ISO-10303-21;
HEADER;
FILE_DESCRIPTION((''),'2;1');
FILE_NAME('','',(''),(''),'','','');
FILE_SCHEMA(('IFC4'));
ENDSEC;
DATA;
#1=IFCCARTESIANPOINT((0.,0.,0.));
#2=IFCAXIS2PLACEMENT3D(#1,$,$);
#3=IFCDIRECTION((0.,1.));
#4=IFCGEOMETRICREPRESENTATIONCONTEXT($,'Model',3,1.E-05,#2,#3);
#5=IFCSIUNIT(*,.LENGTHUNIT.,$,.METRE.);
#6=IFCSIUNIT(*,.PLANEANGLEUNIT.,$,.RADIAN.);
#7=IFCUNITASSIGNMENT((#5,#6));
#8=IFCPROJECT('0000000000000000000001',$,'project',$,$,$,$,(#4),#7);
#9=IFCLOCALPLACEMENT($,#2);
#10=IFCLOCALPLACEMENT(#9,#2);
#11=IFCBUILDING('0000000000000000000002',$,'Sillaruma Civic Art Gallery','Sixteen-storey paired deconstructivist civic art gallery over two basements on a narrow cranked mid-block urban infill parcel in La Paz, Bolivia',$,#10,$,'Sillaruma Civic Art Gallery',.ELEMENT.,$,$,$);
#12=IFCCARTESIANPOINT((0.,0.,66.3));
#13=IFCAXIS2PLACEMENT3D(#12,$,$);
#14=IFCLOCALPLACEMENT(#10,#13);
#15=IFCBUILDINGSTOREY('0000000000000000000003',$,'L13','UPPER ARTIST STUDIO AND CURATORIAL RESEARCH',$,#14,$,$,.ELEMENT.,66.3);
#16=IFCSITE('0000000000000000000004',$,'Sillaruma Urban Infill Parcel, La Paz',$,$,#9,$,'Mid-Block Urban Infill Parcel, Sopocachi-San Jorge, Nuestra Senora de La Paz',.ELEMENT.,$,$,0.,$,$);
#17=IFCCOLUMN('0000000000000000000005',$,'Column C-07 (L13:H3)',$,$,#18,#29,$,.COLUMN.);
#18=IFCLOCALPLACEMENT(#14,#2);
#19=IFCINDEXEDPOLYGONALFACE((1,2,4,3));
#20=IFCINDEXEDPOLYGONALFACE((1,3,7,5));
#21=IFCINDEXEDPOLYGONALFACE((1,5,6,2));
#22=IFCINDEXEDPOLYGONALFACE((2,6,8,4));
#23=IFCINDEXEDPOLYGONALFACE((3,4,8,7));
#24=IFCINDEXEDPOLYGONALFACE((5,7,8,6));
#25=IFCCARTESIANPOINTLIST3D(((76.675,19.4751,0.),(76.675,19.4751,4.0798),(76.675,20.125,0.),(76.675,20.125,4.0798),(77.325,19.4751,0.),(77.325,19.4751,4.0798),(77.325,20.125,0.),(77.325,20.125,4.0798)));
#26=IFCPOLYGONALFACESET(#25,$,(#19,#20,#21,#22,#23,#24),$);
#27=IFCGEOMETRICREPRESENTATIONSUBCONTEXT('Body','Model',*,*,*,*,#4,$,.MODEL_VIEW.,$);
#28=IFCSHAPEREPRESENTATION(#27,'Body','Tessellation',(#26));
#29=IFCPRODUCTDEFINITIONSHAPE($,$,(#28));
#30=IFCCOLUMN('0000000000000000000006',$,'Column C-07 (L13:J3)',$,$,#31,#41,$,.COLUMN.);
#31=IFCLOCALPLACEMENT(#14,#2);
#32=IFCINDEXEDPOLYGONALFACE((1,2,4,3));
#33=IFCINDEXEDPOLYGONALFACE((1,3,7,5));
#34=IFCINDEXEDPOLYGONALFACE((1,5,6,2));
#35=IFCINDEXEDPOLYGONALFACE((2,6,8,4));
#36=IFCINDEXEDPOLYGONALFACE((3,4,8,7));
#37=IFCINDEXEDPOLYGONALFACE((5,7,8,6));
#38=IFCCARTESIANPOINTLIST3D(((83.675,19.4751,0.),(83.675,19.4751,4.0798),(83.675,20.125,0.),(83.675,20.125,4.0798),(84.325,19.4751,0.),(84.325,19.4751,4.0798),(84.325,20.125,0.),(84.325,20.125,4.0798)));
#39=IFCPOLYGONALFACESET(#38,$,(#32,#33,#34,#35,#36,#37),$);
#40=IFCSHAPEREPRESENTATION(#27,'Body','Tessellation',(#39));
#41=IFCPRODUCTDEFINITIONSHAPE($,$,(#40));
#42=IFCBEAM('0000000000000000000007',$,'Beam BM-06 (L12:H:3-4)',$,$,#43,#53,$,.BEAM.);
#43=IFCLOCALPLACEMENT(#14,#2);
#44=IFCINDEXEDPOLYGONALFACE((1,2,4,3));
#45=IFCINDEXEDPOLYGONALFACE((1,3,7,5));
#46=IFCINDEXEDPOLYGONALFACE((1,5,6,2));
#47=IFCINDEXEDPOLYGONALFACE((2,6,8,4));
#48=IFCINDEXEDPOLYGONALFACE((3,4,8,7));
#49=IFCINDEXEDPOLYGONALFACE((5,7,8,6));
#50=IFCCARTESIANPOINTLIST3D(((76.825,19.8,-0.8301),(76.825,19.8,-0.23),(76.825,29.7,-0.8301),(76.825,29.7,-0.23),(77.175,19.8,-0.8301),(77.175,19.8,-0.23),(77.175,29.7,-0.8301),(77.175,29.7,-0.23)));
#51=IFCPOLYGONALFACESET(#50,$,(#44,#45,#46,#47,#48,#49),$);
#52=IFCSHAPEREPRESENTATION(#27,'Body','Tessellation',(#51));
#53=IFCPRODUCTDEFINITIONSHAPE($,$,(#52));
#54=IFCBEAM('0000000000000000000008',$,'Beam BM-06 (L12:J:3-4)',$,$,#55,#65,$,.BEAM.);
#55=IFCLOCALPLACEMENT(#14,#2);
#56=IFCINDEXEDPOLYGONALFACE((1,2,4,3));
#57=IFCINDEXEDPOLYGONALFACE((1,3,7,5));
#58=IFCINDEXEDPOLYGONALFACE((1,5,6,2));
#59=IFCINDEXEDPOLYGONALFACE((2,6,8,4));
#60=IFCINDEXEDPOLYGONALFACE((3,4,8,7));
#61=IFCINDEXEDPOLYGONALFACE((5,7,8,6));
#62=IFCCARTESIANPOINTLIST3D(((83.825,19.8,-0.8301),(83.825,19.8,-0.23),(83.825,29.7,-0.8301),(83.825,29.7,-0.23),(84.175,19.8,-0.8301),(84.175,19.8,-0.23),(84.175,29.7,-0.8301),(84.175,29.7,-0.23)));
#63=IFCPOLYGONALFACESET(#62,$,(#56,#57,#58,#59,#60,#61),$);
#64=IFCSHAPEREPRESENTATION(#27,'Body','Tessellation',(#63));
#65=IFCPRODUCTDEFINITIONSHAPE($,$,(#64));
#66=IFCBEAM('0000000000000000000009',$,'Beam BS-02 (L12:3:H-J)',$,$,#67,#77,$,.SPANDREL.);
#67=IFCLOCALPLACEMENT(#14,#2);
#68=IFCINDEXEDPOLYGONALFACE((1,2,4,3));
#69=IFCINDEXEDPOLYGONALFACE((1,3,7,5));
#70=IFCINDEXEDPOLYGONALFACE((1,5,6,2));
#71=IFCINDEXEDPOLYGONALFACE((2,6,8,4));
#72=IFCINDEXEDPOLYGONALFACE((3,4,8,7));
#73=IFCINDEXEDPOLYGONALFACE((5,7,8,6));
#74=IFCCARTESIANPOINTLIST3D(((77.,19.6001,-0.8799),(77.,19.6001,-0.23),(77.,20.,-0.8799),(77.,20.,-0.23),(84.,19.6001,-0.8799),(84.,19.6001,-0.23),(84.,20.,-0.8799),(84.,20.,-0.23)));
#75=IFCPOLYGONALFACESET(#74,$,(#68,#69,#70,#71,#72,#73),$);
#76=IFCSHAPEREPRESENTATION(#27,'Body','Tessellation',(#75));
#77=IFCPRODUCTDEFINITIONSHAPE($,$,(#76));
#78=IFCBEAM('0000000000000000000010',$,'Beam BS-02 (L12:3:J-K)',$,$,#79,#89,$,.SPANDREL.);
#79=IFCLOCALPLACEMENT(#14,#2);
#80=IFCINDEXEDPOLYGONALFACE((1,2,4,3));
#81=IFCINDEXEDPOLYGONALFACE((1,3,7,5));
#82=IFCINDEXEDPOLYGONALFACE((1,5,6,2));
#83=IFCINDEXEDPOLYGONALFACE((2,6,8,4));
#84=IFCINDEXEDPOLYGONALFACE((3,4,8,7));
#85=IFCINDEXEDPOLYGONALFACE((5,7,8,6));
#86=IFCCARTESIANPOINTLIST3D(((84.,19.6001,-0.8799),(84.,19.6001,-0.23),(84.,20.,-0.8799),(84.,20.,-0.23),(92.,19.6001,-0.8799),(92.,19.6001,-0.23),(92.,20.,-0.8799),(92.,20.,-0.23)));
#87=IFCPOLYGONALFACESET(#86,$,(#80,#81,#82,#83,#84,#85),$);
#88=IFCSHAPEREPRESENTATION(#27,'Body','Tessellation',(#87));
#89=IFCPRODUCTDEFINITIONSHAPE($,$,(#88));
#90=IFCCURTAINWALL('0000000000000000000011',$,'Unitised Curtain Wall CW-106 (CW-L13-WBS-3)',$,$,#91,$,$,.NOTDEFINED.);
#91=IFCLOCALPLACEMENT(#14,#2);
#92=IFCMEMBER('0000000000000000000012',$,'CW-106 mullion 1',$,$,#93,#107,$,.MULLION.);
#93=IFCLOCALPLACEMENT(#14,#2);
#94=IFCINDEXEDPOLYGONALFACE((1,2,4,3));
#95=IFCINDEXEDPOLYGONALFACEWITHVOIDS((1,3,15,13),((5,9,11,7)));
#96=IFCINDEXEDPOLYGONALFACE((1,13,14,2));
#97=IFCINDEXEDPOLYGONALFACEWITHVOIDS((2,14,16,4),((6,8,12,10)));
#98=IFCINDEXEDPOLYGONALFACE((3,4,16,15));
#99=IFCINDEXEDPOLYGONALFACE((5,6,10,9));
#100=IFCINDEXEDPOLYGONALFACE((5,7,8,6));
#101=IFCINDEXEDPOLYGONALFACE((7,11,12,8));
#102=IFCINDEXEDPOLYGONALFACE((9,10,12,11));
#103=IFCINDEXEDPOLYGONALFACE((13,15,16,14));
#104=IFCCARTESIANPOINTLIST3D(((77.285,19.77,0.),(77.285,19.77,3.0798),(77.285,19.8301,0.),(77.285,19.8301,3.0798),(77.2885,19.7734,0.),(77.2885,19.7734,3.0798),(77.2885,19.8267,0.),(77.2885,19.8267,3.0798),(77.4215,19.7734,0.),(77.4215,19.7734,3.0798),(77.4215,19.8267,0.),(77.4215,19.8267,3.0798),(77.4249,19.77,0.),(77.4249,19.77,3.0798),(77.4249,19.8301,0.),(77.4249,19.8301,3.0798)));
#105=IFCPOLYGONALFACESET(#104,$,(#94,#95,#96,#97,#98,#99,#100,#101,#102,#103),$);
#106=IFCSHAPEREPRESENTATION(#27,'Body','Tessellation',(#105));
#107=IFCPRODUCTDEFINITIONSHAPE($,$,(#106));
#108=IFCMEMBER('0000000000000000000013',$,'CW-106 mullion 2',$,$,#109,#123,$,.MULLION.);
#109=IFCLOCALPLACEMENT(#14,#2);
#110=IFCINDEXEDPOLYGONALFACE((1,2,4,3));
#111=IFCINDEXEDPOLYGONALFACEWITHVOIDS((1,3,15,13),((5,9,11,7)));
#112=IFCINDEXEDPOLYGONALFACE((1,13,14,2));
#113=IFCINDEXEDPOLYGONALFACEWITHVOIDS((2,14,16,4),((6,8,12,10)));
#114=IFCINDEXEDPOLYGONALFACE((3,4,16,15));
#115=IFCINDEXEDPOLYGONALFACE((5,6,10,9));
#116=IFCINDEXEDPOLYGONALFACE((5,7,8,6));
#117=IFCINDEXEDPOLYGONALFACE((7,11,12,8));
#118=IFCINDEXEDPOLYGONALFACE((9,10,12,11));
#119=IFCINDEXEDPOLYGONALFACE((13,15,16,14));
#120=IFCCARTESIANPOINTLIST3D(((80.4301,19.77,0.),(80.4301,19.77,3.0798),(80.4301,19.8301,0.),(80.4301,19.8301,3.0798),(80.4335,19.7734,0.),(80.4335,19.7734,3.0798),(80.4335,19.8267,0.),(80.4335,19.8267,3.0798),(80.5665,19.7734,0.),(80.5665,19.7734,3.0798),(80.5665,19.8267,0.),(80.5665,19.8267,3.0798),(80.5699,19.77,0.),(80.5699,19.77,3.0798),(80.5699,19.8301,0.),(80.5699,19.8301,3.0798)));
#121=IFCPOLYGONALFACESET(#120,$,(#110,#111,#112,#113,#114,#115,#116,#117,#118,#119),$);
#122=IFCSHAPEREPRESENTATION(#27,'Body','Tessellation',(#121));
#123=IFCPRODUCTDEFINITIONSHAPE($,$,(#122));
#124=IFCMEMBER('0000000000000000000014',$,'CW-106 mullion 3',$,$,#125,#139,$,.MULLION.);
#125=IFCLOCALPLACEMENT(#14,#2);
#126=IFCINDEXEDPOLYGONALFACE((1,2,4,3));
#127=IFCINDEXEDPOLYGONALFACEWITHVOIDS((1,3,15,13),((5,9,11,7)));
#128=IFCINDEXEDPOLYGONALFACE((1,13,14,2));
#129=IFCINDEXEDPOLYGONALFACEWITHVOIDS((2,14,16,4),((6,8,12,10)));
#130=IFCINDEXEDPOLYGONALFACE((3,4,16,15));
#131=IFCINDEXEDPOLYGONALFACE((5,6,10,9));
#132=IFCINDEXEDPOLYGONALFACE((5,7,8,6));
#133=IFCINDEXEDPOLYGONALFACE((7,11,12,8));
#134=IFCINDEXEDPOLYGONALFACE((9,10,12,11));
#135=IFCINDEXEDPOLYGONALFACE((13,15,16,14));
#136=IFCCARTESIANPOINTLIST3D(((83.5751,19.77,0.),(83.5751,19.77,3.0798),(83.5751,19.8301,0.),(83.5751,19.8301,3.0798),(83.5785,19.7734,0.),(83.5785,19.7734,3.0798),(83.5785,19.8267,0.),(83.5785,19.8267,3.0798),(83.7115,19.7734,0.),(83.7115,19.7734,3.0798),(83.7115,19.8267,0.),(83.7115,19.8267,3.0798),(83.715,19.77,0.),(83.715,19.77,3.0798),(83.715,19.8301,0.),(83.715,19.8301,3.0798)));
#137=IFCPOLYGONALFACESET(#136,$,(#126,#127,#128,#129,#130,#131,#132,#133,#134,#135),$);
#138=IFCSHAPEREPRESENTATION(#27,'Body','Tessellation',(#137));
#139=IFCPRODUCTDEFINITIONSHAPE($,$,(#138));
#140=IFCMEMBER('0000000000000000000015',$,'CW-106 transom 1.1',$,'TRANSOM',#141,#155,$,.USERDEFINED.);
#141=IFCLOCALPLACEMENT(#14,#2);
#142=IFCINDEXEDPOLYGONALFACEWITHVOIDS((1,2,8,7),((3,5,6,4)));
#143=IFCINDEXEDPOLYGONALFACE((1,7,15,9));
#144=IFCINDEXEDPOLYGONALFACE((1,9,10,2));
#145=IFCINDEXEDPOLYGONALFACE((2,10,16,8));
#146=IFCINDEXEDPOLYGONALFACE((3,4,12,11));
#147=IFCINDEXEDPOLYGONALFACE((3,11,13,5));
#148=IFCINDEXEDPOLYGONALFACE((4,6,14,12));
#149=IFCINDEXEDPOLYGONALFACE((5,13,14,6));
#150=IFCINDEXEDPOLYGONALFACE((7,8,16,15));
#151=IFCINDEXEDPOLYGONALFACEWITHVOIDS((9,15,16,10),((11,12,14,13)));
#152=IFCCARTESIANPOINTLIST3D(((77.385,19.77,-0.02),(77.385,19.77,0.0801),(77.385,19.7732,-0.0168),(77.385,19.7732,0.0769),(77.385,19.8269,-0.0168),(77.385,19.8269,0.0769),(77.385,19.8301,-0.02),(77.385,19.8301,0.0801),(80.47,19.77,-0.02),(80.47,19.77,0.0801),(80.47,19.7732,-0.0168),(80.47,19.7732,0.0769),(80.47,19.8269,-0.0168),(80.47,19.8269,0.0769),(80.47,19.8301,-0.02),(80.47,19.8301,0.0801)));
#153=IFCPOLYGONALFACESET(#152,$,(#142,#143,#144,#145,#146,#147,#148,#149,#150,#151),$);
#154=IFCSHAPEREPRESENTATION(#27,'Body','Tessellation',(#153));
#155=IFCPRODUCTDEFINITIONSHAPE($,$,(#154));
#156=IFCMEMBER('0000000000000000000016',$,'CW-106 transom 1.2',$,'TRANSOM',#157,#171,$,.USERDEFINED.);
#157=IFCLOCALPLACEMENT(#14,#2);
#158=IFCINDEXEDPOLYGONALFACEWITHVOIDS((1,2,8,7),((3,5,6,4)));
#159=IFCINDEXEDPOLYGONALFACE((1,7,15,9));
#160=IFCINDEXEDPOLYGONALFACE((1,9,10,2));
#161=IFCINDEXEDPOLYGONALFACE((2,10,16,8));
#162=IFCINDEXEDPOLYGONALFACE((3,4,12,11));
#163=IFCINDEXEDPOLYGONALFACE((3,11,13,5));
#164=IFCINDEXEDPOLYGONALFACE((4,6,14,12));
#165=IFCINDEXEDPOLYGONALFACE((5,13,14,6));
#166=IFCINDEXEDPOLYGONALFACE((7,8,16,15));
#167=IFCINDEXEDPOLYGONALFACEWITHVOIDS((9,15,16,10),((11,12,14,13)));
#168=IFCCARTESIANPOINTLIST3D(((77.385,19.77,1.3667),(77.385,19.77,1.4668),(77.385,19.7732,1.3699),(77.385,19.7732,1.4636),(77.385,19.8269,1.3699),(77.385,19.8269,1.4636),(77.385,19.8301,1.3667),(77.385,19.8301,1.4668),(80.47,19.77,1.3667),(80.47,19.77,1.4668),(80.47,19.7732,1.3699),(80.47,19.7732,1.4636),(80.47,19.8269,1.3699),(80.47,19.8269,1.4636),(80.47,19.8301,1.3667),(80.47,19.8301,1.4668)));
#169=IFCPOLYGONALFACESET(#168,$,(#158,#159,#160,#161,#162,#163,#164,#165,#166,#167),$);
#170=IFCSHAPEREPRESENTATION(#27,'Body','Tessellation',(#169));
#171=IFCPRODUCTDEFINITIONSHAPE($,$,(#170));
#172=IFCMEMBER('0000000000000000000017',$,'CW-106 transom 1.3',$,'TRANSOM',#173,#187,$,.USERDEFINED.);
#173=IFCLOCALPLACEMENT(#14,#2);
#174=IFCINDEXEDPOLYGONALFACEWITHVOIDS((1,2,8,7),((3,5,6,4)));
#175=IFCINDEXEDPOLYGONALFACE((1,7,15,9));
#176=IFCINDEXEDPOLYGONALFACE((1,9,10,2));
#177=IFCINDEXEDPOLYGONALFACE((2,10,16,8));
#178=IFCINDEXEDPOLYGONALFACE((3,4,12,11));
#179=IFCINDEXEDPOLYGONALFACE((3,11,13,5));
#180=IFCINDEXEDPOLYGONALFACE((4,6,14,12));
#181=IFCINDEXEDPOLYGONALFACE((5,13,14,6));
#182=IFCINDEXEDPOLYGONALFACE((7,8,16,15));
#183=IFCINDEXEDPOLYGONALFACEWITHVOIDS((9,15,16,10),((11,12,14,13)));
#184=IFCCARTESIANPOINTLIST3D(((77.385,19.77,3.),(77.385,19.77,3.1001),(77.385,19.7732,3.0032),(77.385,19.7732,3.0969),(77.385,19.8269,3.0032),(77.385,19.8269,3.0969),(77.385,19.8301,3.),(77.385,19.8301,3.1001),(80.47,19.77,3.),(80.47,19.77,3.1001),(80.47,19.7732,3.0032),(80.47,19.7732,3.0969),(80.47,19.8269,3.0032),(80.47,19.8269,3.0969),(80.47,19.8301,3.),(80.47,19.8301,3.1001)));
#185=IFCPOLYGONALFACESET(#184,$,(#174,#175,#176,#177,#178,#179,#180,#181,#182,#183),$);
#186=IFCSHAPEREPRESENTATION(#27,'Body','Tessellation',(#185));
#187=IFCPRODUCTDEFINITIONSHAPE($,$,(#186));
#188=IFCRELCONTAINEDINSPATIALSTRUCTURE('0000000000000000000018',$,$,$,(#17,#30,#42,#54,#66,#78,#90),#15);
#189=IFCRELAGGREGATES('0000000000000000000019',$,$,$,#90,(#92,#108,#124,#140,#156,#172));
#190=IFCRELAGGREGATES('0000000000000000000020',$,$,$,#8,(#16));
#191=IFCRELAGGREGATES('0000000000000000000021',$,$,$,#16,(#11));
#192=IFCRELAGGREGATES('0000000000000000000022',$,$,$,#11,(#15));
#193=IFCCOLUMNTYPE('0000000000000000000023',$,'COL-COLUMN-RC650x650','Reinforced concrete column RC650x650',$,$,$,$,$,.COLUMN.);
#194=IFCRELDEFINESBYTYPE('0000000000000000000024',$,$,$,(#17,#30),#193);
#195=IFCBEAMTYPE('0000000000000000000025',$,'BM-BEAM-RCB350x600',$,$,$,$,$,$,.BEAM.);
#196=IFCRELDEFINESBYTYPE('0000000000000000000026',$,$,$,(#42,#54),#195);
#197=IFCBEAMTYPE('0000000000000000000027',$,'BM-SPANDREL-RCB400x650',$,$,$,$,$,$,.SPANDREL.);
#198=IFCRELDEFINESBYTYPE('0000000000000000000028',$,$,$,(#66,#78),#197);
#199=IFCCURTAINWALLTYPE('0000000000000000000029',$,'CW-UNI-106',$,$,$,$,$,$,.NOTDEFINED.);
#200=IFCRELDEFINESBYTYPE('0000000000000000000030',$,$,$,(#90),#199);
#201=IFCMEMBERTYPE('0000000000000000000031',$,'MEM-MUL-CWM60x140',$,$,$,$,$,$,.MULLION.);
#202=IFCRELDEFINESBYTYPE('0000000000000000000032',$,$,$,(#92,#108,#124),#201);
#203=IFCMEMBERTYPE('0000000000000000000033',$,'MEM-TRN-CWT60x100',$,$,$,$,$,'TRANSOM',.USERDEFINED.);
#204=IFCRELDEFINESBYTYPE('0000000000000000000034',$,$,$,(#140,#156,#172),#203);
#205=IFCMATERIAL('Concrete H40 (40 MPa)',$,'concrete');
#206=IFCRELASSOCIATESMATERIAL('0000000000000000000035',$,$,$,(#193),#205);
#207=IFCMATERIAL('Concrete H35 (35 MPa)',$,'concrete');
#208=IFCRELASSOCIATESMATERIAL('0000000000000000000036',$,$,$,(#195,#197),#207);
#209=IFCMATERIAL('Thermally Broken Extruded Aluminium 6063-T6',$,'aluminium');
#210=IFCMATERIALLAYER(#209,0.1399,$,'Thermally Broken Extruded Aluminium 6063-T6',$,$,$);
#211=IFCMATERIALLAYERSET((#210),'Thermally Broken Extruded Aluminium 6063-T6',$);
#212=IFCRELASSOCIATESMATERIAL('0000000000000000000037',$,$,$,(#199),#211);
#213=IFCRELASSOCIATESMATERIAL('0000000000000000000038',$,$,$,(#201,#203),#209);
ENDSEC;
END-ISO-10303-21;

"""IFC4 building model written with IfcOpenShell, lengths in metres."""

from ifc_helpers import new_model, si_unit, direction, frame, origin, origin_2d, place, context, subcontext, project, spatial, rectangle, hollow_rectangle, extrude, material, layer, layer_set, material_profile, profile_set, type_object, element, aggregate, save


model = new_model("IFC4")

# Units and contexts
model_context = context("Model", 3, precision=1e-05, world=origin(), true_north=direction((0.0, 1.0)))
body_context = subcontext(model_context, "Body", "Model", "MODEL_VIEW")
ifc_project = project(units=[si_unit("LENGTHUNIT", "METRE"), si_unit("PLANEANGLEUNIT", "RADIAN")], contexts=[model_context])

# Site, building, storey
site_placement = place(None, origin())
site = spatial("IfcSite", under=ifc_project, at=site_placement, Name="Sillaruma Urban Infill Parcel, La Paz", LongName="Mid-Block Urban Infill Parcel, Sopocachi-San Jorge, Nuestra Senora de La Paz", CompositionType="ELEMENT", RefElevation=0.0)
building_placement = place(site_placement, origin())
building = spatial("IfcBuilding", under=site, at=building_placement, Name="Sillaruma Civic Art Gallery", Description="Sixteen-storey paired deconstructivist civic art gallery over two basements on a narrow cranked mid-block urban infill parcel in La Paz, Bolivia", LongName="Sillaruma Civic Art Gallery", CompositionType="ELEMENT")
storey_placement = place(building_placement, frame((0.0, 0.0, 66.3)))
storey = spatial("IfcBuildingStorey", under=building, at=storey_placement, Name="L13", Description="UPPER ARTIST STUDIO AND CURATORIAL RESEARCH", CompositionType="ELEMENT", Elevation=66.3)

# Columns
ifc_material_1 = material(Name="Concrete H40 (40 MPa)", Category="concrete")
ifc_material_profile_1 = material_profile(ifc_material_1, rectangle(XDim=0.6499, YDim=0.6499, at=origin_2d()), Name="RC650x650")
ifc_profile_set_1 = profile_set([ifc_material_profile_1], Name="Concrete H40 (40 MPa)")
column_type = type_object("IfcColumnType", Name="COL-COLUMN-RC650x650", Description="Reinforced concrete column RC650x650", PredefinedType="COLUMN", material=ifc_profile_set_1)
for number, where, z_axis, x_axis, name in (
    (1, (77.0, 19.8, 0.0), (0.0, 0.0, 1.0), (1.0, 0.0, 0.0), "Column C-07 (L13:H3)"),
    (2, (84.0, 19.8, 0.0), (0.0, 0.0, 1.0), (1.0, 0.0, 0.0), "Column C-07 (L13:J3)"),
):
    element("IfcColumn", number, at=place(storey_placement, frame(where, z_axis=z_axis, x_axis=x_axis)), inside=storey, type_object=column_type, Name=name, PredefinedType="COLUMN", context=body_context, shape_type="SweptSolid", body=[
        extrude(rectangle(XDim=0.6499, YDim=0.6499, at=origin_2d()), origin(), (0.0, 0.0, 1.0), 4.0798),
    ])

# Beams
ifc_material_2 = material(Name="Concrete H35 (35 MPa)", Category="concrete")
ifc_material_profile_2 = material_profile(ifc_material_2, rectangle(XDim=0.3501, YDim=0.6001, at=origin_2d()), Name="RCB350x600")
ifc_profile_set_2 = profile_set([ifc_material_profile_2], Name="Concrete H35 (35 MPa)")
beam_type_1 = type_object("IfcBeamType", Name="BM-BEAM-RCB350x600", PredefinedType="BEAM", material=ifc_profile_set_2)
for number, where, z_axis, x_axis, name in (
    (3, (77.0, 19.8, -0.53), (0.0, 1.0, 0.0), (-1.0, 0.0, 0.0), "Beam BM-06 (L12:H:3-4)"),
    (4, (84.0, 19.8, -0.53), (0.0, 1.0, 0.0), (-1.0, 0.0, 0.0), "Beam BM-06 (L12:J:3-4)"),
):
    element("IfcBeam", number, at=place(storey_placement, frame(where, z_axis=z_axis, x_axis=x_axis)), inside=storey, type_object=beam_type_1, Name=name, PredefinedType="BEAM", context=body_context, shape_type="SweptSolid", body=[
        extrude(rectangle(XDim=0.3501, YDim=0.6001, at=origin_2d()), origin(), (0.0, 0.0, 1.0), 9.8999),
    ])
ifc_material_profile_3 = material_profile(ifc_material_2, rectangle(XDim=0.3999, YDim=0.6499, at=origin_2d()), Name="RCB400x650")
ifc_profile_set_3 = profile_set([ifc_material_profile_3], Name="Concrete H35 (35 MPa)")
beam_type_2 = type_object("IfcBeamType", Name="BM-SPANDREL-RCB400x650", PredefinedType="SPANDREL", material=ifc_profile_set_3)
beam_1_placement = place(storey_placement, frame((77.0, 19.8, -0.5549), z_axis=(1.0, 0.0, 0.0), x_axis=(0.0, 1.0, 0.0)))
element("IfcBeam", 5, at=beam_1_placement, inside=storey, type_object=beam_type_2, Name="Beam BS-02 (L12:3:H-J)", PredefinedType="SPANDREL", context=body_context, shape_type="SweptSolid", body=[
    extrude(rectangle(XDim=0.3999, YDim=0.6499, at=origin_2d()), origin(), (0.0, 0.0, 1.0), 7.0),
])
beam_2_placement = place(storey_placement, frame((84.0, 19.8, -0.5549), z_axis=(1.0, 0.0, 0.0), x_axis=(0.0, 1.0, 0.0)))
element("IfcBeam", 6, at=beam_2_placement, inside=storey, type_object=beam_type_2, Name="Beam BS-02 (L12:3:J-K)", PredefinedType="SPANDREL", context=body_context, shape_type="SweptSolid", body=[
    extrude(rectangle(XDim=0.3999, YDim=0.6499, at=origin_2d()), origin(), (0.0, 0.0, 1.0), 8.0),
])

# Curtain wall, members
ifc_material_3 = material(Name="Thermally Broken Extruded Aluminium 6063-T6", Category="aluminium")
ifc_layer_1 = layer(ifc_material_3, 0.1399, Name="Thermally Broken Extruded Aluminium 6063-T6")
ifc_layer_set_1 = layer_set([ifc_layer_1], Name="Thermally Broken Extruded Aluminium 6063-T6")
curtain_wall_type = type_object("IfcCurtainWallType", Name="CW-UNI-106", PredefinedType="NOTDEFINED", material=ifc_layer_set_1)
curtain_wall_placement = place(storey_placement, origin())
curtain_wall = element("IfcCurtainWall", 7, at=curtain_wall_placement, inside=storey, type_object=curtain_wall_type, Name="Unitised Curtain Wall CW-106 (CW-L13-WBS-3)", PredefinedType="NOTDEFINED")
ifc_material_profile_4 = material_profile(ifc_material_3, hollow_rectangle(XDim=0.0601, YDim=0.1399, WallThickness=0.0034, at=origin_2d()), Name="CWM60x140")
ifc_profile_set_4 = profile_set([ifc_material_profile_4], Name="Thermally Broken Extruded Aluminium 6063-T6")
member_type_1 = type_object("IfcMemberType", Name="MEM-MUL-CWM60x140", PredefinedType="MULLION", material=ifc_profile_set_4)
member_1_placement = place(storey_placement, frame((77.355, 19.8, 0.0), z_axis=(0.0, 0.0, 1.0), x_axis=(0.0, 1.0, 0.0)))
member_1 = element("IfcMember", 8, at=member_1_placement, type_object=member_type_1, Name="CW-106 mullion 1", PredefinedType="MULLION", context=body_context, shape_type="SweptSolid", body=[
    extrude(hollow_rectangle(XDim=0.0601, YDim=0.1399, WallThickness=0.0034, at=origin_2d()), origin(), (0.0, 0.0, 1.0), 3.0798),
])
member_2_placement = place(storey_placement, frame((80.5, 19.8, 0.0), z_axis=(0.0, 0.0, 1.0), x_axis=(0.0, 1.0, 0.0)))
member_2 = element("IfcMember", 9, at=member_2_placement, type_object=member_type_1, Name="CW-106 mullion 2", PredefinedType="MULLION", context=body_context, shape_type="SweptSolid", body=[
    extrude(hollow_rectangle(XDim=0.0601, YDim=0.1399, WallThickness=0.0034, at=origin_2d()), origin(), (0.0, 0.0, 1.0), 3.0798),
])
member_3_placement = place(storey_placement, frame((83.645, 19.8, 0.0), z_axis=(0.0, 0.0, 1.0), x_axis=(0.0, 1.0, 0.0)))
member_3 = element("IfcMember", 10, at=member_3_placement, type_object=member_type_1, Name="CW-106 mullion 3", PredefinedType="MULLION", context=body_context, shape_type="SweptSolid", body=[
    extrude(hollow_rectangle(XDim=0.0601, YDim=0.1399, WallThickness=0.0034, at=origin_2d()), origin(), (0.0, 0.0, 1.0), 3.0798),
])
ifc_material_profile_5 = material_profile(ifc_material_3, hollow_rectangle(XDim=0.0601, YDim=0.1001, WallThickness=0.0032, at=origin_2d()), Name="CWT60x100")
ifc_profile_set_5 = profile_set([ifc_material_profile_5], Name="Thermally Broken Extruded Aluminium 6063-T6")
member_type_2 = type_object("IfcMemberType", Name="MEM-TRN-CWT60x100", ElementType="TRANSOM", PredefinedType="USERDEFINED", material=ifc_profile_set_5)
member_4_placement = place(storey_placement, frame((77.385, 19.8, 0.03), z_axis=(1.0, 0.0, 0.0), x_axis=(0.0, 1.0, 0.0)))
member_4 = element("IfcMember", 11, at=member_4_placement, type_object=member_type_2, Name="CW-106 transom 1.1", ObjectType="TRANSOM", PredefinedType="USERDEFINED", context=body_context, shape_type="SweptSolid", body=[
    extrude(hollow_rectangle(XDim=0.0601, YDim=0.1001, WallThickness=0.0032, at=origin_2d()), origin(), (0.0, 0.0, 1.0), 3.085),
])
member_5_placement = place(storey_placement, frame((77.385, 19.8, 1.4167), z_axis=(1.0, 0.0, 0.0), x_axis=(0.0, 1.0, 0.0)))
member_5 = element("IfcMember", 12, at=member_5_placement, type_object=member_type_2, Name="CW-106 transom 1.2", ObjectType="TRANSOM", PredefinedType="USERDEFINED", context=body_context, shape_type="SweptSolid", body=[
    extrude(hollow_rectangle(XDim=0.0601, YDim=0.1001, WallThickness=0.0032, at=origin_2d()), origin(), (0.0, 0.0, 1.0), 3.085),
])
member_6_placement = place(storey_placement, frame((77.385, 19.8, 3.05), z_axis=(1.0, 0.0, 0.0), x_axis=(0.0, 1.0, 0.0)))
member_6 = element("IfcMember", 13, at=member_6_placement, type_object=member_type_2, Name="CW-106 transom 1.3", ObjectType="TRANSOM", PredefinedType="USERDEFINED", context=body_context, shape_type="SweptSolid", body=[
    extrude(hollow_rectangle(XDim=0.0601, YDim=0.1001, WallThickness=0.0032, at=origin_2d()), origin(), (0.0, 0.0, 1.0), 3.085),
])
aggregate(curtain_wall, [member_1, member_2, member_3, member_4, member_5, member_6])

save(model, "model.ifc")
